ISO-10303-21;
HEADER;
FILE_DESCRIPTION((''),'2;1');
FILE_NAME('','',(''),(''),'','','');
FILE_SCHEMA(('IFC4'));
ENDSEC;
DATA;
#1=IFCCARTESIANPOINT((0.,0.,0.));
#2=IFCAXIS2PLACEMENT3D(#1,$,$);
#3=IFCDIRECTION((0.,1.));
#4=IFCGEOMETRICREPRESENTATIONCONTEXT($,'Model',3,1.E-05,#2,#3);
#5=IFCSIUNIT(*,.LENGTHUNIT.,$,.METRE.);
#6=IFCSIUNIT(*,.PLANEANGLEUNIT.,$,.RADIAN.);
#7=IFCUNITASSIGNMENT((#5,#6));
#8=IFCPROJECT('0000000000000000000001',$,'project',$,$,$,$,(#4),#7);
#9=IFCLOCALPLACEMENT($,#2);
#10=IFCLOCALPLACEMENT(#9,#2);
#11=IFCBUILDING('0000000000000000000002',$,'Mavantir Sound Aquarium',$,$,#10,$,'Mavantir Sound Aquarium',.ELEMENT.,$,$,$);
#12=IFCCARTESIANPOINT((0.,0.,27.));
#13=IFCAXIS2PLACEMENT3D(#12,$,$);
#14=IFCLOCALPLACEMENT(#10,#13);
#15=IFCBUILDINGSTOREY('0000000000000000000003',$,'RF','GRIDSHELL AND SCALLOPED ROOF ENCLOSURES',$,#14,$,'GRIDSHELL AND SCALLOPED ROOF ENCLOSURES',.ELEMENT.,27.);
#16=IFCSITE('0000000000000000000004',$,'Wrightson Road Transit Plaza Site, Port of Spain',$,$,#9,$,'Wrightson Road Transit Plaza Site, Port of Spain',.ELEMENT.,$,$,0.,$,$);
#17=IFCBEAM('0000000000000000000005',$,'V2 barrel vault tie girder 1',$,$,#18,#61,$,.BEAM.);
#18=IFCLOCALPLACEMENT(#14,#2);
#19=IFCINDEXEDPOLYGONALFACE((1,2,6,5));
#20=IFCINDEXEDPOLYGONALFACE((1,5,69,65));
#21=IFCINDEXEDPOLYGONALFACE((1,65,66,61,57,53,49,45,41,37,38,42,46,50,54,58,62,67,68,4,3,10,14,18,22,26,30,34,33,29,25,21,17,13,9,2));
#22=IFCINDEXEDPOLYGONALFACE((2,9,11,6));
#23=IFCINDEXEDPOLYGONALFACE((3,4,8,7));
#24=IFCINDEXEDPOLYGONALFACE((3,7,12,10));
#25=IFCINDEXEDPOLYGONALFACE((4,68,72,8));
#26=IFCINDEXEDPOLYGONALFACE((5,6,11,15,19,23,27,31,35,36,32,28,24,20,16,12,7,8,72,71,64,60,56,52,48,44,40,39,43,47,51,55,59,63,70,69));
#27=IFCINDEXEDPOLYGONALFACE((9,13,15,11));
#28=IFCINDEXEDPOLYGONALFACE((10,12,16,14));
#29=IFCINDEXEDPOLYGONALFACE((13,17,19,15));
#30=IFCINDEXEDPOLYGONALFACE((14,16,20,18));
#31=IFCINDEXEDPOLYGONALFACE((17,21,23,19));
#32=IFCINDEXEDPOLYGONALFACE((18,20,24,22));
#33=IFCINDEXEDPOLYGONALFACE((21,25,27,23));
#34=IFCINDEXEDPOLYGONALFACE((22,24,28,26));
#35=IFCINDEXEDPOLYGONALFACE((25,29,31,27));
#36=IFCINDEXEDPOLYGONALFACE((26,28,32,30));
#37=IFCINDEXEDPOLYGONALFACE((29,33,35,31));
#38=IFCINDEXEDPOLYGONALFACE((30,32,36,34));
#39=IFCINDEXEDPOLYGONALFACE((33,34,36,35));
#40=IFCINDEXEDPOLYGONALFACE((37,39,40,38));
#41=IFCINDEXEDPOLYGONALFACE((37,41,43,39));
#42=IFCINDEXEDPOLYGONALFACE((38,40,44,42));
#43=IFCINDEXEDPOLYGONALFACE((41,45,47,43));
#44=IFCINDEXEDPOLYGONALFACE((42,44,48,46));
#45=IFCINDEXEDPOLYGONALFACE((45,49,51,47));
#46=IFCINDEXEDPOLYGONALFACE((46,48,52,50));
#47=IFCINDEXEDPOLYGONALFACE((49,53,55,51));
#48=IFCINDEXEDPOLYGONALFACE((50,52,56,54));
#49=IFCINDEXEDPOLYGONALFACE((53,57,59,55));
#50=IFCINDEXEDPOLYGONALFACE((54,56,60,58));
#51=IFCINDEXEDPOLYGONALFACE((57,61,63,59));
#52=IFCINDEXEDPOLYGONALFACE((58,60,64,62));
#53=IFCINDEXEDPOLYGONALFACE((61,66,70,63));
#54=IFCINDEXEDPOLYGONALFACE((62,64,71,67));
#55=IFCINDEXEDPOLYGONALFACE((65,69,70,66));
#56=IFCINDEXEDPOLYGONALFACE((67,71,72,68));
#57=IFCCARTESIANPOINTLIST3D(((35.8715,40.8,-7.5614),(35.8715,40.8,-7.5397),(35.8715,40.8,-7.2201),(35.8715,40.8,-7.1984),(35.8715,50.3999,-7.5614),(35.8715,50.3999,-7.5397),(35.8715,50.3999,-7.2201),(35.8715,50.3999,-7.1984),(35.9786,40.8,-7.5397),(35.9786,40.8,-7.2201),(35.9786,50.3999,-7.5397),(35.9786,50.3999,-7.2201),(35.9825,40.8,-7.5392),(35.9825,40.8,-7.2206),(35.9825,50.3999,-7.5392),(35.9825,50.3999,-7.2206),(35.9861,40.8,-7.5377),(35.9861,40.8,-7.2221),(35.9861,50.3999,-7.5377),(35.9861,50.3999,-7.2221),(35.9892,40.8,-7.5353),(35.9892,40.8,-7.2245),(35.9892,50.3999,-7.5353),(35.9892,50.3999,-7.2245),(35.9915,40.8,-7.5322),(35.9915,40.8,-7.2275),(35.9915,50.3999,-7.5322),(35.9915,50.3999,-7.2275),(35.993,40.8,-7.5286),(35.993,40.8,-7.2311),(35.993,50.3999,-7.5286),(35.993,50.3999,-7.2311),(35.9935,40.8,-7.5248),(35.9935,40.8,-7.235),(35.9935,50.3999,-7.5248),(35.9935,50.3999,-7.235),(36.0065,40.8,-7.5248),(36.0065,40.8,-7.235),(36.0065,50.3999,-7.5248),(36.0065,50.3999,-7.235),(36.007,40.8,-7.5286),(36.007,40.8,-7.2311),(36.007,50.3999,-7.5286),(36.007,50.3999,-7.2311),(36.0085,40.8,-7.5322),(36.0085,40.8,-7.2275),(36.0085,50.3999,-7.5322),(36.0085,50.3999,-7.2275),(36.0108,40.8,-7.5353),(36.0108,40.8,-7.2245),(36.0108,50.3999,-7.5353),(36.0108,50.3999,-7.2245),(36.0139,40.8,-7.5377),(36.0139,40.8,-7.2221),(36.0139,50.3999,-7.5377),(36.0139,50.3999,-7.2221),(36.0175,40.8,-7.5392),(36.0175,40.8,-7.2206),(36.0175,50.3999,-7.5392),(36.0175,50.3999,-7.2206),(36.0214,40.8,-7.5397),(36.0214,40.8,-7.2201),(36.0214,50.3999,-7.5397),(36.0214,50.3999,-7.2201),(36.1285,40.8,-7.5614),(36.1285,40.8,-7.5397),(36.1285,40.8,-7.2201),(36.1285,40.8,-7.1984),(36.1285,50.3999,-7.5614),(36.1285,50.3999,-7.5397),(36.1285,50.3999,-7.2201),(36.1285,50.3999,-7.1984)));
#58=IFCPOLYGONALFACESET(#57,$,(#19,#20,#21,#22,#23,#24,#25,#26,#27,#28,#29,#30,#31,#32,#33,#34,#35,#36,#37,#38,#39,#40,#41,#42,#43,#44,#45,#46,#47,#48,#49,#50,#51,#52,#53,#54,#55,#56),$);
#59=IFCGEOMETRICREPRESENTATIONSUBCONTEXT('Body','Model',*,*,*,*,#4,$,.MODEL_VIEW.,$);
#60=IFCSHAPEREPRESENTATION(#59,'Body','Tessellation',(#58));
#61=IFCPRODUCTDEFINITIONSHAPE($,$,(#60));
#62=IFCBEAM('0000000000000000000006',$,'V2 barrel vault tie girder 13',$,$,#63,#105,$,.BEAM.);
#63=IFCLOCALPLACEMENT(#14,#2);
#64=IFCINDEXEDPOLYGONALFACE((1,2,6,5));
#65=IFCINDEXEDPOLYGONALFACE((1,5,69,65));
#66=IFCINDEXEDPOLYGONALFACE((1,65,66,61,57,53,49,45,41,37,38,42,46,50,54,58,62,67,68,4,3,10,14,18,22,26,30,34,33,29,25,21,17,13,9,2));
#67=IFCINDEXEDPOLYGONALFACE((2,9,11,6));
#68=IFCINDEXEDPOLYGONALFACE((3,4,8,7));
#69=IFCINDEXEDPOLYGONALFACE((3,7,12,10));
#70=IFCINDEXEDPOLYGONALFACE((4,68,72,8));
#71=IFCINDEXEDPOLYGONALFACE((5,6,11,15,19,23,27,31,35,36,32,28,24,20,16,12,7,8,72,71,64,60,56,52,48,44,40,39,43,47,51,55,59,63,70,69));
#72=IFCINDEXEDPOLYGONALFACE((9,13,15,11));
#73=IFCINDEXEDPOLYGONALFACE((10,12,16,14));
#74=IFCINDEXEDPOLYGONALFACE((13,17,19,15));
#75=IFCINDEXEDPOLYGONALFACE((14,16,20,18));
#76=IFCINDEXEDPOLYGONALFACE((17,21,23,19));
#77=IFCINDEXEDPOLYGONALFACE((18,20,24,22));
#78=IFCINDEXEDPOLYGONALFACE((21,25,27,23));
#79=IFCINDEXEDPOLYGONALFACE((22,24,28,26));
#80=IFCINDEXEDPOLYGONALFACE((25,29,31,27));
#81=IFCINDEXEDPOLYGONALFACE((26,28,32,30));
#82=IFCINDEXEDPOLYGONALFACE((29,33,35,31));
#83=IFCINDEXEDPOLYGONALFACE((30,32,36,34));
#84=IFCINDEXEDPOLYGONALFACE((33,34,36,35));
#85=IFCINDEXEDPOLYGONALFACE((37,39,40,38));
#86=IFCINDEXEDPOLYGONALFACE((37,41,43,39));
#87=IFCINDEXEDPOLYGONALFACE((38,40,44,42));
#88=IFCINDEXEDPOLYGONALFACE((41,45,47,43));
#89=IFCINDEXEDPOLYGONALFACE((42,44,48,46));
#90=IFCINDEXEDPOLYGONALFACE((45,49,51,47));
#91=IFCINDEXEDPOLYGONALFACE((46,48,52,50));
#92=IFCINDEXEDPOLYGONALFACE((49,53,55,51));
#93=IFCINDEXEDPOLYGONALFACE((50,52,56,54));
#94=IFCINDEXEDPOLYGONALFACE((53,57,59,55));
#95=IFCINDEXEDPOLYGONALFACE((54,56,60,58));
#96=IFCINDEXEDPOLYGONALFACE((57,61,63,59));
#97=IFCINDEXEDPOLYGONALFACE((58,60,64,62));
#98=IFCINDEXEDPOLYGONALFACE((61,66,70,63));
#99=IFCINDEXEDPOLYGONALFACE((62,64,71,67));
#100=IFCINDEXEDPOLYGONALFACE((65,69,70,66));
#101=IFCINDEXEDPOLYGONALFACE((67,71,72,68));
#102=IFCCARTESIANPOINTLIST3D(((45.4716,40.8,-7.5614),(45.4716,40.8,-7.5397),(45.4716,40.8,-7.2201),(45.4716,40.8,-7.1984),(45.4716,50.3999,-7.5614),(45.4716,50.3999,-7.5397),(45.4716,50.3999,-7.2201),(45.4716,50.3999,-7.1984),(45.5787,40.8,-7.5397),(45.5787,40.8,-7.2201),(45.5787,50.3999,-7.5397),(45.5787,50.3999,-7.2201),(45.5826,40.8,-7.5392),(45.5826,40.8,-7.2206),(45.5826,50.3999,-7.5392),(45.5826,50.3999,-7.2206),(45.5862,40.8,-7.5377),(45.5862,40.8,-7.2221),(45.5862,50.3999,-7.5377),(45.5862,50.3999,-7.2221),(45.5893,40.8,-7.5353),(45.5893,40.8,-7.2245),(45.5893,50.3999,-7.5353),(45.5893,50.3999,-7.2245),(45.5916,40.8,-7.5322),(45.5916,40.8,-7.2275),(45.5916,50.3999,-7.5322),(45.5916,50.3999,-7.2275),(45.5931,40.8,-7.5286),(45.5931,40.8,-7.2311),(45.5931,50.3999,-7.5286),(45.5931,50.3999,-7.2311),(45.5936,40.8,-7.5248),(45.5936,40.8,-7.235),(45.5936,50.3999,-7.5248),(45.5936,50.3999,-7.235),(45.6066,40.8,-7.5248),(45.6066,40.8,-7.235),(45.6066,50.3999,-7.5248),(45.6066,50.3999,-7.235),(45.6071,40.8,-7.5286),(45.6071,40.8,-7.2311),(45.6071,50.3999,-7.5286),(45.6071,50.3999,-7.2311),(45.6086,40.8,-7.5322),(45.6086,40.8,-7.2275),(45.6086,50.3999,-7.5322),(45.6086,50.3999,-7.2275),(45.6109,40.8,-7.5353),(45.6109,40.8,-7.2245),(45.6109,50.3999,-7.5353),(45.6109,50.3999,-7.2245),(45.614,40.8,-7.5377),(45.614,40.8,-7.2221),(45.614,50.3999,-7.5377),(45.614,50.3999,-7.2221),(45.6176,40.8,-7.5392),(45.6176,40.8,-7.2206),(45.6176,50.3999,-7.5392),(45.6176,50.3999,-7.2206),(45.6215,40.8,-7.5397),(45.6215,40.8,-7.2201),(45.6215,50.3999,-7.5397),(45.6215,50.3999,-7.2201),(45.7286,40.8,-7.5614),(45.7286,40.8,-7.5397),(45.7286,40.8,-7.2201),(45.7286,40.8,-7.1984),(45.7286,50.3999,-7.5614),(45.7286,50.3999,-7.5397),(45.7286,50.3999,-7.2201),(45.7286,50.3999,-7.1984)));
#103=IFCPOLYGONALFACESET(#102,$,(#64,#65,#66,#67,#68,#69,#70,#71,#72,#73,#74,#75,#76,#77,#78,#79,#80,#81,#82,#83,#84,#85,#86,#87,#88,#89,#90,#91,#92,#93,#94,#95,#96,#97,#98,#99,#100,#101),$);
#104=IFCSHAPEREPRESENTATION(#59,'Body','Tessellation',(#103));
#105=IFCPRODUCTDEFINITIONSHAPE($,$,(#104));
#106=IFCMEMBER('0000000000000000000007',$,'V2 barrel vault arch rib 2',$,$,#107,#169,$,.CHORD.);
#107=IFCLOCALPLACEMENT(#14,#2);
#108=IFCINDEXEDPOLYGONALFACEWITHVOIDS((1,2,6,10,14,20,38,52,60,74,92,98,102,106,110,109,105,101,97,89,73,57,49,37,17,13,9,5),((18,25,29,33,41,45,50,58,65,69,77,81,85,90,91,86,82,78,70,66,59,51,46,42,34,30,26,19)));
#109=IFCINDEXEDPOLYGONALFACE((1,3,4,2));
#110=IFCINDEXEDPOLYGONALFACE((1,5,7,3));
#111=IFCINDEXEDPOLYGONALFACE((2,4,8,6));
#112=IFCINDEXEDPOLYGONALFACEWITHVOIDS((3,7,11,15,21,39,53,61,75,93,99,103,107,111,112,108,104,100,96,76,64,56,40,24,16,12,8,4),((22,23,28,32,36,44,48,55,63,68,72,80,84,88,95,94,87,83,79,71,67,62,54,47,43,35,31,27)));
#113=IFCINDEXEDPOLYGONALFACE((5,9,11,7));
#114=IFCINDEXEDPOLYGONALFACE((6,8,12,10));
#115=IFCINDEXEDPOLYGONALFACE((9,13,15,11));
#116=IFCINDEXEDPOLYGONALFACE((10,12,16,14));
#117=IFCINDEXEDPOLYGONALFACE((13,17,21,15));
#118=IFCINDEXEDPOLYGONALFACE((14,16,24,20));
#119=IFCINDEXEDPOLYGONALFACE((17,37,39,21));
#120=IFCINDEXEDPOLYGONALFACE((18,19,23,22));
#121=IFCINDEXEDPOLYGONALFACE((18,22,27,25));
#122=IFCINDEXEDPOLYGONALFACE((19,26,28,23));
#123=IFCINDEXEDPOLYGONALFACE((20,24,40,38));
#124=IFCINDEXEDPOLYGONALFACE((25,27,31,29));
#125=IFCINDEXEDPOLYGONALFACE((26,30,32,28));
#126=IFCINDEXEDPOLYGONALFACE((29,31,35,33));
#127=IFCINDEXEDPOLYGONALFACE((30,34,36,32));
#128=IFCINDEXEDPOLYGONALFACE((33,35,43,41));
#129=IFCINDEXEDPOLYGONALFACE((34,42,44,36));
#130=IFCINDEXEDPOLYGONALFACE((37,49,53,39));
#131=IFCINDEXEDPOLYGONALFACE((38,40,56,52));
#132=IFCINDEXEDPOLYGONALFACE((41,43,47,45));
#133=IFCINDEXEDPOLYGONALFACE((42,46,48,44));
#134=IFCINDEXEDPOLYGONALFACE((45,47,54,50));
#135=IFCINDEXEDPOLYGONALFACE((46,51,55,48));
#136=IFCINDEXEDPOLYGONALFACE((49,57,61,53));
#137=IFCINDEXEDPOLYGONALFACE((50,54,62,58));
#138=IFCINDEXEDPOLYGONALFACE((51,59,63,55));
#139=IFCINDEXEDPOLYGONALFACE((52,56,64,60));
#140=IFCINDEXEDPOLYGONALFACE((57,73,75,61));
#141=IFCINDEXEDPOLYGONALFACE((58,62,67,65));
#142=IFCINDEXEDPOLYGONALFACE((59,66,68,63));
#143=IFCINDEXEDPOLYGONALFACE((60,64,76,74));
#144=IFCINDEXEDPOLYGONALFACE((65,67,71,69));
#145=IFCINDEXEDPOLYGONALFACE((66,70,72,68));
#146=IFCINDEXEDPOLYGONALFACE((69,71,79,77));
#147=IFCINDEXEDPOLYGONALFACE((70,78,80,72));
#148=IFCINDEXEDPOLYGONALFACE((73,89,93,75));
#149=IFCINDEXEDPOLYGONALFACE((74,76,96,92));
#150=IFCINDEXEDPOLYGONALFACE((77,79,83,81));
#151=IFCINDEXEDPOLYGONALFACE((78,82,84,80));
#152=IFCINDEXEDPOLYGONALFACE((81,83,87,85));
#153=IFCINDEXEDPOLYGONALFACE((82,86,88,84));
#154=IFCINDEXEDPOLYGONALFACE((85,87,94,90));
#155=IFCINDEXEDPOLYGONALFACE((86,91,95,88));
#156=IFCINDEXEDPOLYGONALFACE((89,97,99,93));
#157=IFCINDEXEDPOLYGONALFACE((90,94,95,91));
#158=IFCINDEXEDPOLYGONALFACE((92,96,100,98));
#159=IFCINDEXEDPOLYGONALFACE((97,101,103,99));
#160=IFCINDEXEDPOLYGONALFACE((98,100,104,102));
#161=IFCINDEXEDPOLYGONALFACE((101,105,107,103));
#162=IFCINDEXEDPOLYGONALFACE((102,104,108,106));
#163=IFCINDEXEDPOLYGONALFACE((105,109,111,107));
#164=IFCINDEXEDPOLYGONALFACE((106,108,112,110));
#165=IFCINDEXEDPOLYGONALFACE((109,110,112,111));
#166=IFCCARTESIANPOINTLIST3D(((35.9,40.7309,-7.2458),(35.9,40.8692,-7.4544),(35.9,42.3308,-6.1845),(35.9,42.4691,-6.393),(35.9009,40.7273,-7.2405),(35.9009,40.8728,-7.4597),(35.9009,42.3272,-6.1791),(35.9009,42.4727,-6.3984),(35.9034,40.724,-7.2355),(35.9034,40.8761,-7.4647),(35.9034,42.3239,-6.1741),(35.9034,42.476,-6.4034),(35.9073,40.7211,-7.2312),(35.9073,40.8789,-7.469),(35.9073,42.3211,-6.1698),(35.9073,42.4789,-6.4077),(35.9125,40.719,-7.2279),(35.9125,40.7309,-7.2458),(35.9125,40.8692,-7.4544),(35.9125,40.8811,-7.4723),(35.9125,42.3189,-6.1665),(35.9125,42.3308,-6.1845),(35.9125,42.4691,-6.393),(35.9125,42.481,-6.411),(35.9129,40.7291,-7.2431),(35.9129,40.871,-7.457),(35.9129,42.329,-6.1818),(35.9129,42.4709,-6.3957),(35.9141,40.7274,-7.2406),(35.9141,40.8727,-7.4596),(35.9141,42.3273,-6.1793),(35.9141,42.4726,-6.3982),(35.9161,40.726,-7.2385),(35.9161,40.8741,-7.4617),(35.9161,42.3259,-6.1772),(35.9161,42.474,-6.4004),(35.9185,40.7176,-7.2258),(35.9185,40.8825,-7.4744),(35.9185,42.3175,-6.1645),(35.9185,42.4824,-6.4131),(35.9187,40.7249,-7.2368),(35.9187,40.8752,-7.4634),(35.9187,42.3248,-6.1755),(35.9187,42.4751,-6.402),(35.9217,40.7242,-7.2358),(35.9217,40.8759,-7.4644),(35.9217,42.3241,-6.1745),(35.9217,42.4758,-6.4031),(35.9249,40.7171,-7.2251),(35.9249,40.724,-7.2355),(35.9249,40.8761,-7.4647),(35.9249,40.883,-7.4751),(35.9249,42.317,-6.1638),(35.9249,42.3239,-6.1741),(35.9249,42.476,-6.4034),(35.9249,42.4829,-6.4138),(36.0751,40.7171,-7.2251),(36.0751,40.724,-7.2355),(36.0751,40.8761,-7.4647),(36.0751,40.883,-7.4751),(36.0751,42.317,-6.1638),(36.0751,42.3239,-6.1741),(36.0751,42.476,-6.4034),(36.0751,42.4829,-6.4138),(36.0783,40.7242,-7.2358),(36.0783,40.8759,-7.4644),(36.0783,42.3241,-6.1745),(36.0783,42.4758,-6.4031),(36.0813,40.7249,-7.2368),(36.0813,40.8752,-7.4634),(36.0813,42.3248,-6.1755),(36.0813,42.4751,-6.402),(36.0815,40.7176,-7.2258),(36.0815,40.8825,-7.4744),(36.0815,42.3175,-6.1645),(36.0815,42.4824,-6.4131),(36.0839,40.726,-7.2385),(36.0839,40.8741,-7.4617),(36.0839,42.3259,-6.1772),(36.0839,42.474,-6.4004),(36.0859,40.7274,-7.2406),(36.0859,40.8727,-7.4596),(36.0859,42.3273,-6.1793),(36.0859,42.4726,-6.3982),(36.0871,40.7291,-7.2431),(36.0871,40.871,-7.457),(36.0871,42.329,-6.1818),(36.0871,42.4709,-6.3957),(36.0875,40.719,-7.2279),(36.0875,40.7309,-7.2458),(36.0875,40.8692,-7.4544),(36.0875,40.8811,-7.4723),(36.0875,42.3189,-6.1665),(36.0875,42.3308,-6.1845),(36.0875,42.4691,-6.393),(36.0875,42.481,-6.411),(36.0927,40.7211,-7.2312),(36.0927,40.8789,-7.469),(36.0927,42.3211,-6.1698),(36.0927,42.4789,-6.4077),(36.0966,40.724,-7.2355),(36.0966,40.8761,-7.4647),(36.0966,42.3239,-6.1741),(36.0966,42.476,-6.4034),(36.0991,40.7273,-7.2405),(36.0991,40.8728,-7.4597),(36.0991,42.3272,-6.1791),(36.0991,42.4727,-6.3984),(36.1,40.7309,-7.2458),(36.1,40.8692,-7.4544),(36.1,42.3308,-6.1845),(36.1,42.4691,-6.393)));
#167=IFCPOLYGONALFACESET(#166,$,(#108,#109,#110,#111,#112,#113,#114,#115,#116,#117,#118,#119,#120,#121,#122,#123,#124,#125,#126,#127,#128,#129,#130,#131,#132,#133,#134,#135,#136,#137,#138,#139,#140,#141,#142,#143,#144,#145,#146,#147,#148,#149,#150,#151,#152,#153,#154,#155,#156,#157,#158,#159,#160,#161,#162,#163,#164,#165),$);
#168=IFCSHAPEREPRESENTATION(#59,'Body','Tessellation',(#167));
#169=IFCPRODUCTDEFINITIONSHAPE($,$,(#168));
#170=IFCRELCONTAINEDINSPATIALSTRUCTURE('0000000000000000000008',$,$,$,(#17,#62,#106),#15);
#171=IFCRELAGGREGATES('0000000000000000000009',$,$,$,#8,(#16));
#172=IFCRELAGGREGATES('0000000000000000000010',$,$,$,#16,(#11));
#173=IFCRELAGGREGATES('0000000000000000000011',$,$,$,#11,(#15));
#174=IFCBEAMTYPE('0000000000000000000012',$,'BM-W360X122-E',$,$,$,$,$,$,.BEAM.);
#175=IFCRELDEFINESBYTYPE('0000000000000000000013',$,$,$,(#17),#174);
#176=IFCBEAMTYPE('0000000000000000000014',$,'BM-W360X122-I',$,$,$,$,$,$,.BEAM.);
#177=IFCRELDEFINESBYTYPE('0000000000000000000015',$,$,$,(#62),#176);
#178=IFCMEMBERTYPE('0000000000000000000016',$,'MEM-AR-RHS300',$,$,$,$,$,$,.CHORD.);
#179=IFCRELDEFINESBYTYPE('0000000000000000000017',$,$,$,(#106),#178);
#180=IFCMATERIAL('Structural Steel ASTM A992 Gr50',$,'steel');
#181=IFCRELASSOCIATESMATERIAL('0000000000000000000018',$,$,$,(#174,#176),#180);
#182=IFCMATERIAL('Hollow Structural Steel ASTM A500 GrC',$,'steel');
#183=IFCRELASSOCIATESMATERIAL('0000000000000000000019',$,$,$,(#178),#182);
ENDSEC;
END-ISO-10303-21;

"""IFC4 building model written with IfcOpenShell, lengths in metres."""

from ifc_helpers import new_model, si_unit, direction, frame, origin, origin_2d, place, context, subcontext, project, spatial, hollow_rectangle, i_section, extrude, material, material_profile, profile_set, type_object, element, save


model = new_model("IFC4")

# Units and contexts
model_context = context("Model", 3, precision=1e-05, world=origin(), true_north=direction((0.0, 1.0)))
body_context = subcontext(model_context, "Body", "Model", "MODEL_VIEW")
ifc_project = project(units=[si_unit("LENGTHUNIT", "METRE"), si_unit("PLANEANGLEUNIT", "RADIAN")], contexts=[model_context])

# Site, building, storey
site_placement = place(None, origin())
site = spatial("IfcSite", under=ifc_project, at=site_placement, Name="Wrightson Road Transit Plaza Site, Port of Spain", LongName="Wrightson Road Transit Plaza Site, Port of Spain", CompositionType="ELEMENT", RefElevation=0.0)
building_placement = place(site_placement, origin())
building = spatial("IfcBuilding", under=site, at=building_placement, Name="Mavantir Sound Aquarium", LongName="Mavantir Sound Aquarium", CompositionType="ELEMENT")
storey_placement = place(building_placement, frame((0.0, 0.0, 27.0)))
storey = spatial("IfcBuildingStorey", under=building, at=storey_placement, Name="RF", Description="GRIDSHELL AND SCALLOPED ROOF ENCLOSURES", LongName="GRIDSHELL AND SCALLOPED ROOF ENCLOSURES", CompositionType="ELEMENT", Elevation=27.0)

# Beams
ifc_material_1 = material(Name="Structural Steel ASTM A992 Gr50", Category="steel")
ifc_material_profile_1 = material_profile(ifc_material_1, i_section(OverallWidth=0.2571, OverallDepth=0.363, WebThickness=0.0129, FlangeThickness=0.0217, FilletRadius=0.0149, at=origin_2d()), Name="W360X122")
ifc_profile_set_1 = profile_set([ifc_material_profile_1], Name="Structural Steel ASTM A992 Gr50")
beam_type_1 = type_object("IfcBeamType", Name="BM-W360X122-E", PredefinedType="BEAM", material=ifc_profile_set_1)
beam_1_placement = place(storey_placement, frame((36.0, 40.8, -7.3799), z_axis=(0.0, 1.0, 0.0), x_axis=(-1.0, 0.0, 0.0)))
element("IfcBeam", 1, at=beam_1_placement, inside=storey, type_object=beam_type_1, Name="V2 barrel vault tie girder 1", PredefinedType="BEAM", context=body_context, shape_type="SweptSolid", body=[
    extrude(i_section(OverallWidth=0.2571, OverallDepth=0.363, WebThickness=0.0129, FlangeThickness=0.0217, FilletRadius=0.0149, at=origin_2d()), origin(), (0.0, 0.0, 1.0), 9.5999),
])
ifc_material_profile_2 = material_profile(ifc_material_1, i_section(OverallWidth=0.2571, OverallDepth=0.363, WebThickness=0.0129, FlangeThickness=0.0217, FilletRadius=0.0149, at=origin_2d()), Name="W360X122")
ifc_profile_set_2 = profile_set([ifc_material_profile_2], Name="Structural Steel ASTM A992 Gr50")
beam_type_2 = type_object("IfcBeamType", Name="BM-W360X122-I", PredefinedType="BEAM", material=ifc_profile_set_2)
beam_2_placement = place(storey_placement, frame((45.6001, 40.8, -7.3799), z_axis=(0.0, 1.0, 0.0), x_axis=(-1.0, 0.0, 0.0)))
element("IfcBeam", 2, at=beam_2_placement, inside=storey, type_object=beam_type_2, Name="V2 barrel vault tie girder 13", PredefinedType="BEAM", context=body_context, shape_type="SweptSolid", body=[
    extrude(i_section(OverallWidth=0.2571, OverallDepth=0.363, WebThickness=0.0129, FlangeThickness=0.0217, FilletRadius=0.0149, at=origin_2d()), origin(), (0.0, 0.0, 1.0), 9.5999),
])

# Member
ifc_material_2 = material(Name="Hollow Structural Steel ASTM A500 GrC", Category="steel")
ifc_material_profile_3 = material_profile(ifc_material_2, hollow_rectangle(XDim=0.2, YDim=0.3, WallThickness=0.0125, InnerFilletRadius=0.0125, OuterFilletRadius=0.0249, at=origin_2d()), Name="RHS 300X200X12.5")
ifc_profile_set_3 = profile_set([ifc_material_profile_3], Name="Hollow Structural Steel ASTM A500 GrC")
member_type_1 = type_object("IfcMemberType", Name="MEM-AR-RHS300", PredefinedType="CHORD", material=ifc_profile_set_3)
member_1_placement = place(storey_placement, frame((36.0, 40.8, -7.3501), z_axis=(0.0, 0.83332, 0.552791), x_axis=(-1.0, 0.0, 0.0)))
element("IfcMember", 3, at=member_1_placement, inside=storey, type_object=member_type_1, Name="V2 barrel vault arch rib 2", PredefinedType="CHORD", context=body_context, shape_type="SweptSolid", body=[
    extrude(hollow_rectangle(XDim=0.2, YDim=0.3, WallThickness=0.0125, InnerFilletRadius=0.0125, OuterFilletRadius=0.0249, at=origin_2d()), origin(), (0.0, 0.0, 1.0), 1.9199),
])

save(model, "model.ifc")
